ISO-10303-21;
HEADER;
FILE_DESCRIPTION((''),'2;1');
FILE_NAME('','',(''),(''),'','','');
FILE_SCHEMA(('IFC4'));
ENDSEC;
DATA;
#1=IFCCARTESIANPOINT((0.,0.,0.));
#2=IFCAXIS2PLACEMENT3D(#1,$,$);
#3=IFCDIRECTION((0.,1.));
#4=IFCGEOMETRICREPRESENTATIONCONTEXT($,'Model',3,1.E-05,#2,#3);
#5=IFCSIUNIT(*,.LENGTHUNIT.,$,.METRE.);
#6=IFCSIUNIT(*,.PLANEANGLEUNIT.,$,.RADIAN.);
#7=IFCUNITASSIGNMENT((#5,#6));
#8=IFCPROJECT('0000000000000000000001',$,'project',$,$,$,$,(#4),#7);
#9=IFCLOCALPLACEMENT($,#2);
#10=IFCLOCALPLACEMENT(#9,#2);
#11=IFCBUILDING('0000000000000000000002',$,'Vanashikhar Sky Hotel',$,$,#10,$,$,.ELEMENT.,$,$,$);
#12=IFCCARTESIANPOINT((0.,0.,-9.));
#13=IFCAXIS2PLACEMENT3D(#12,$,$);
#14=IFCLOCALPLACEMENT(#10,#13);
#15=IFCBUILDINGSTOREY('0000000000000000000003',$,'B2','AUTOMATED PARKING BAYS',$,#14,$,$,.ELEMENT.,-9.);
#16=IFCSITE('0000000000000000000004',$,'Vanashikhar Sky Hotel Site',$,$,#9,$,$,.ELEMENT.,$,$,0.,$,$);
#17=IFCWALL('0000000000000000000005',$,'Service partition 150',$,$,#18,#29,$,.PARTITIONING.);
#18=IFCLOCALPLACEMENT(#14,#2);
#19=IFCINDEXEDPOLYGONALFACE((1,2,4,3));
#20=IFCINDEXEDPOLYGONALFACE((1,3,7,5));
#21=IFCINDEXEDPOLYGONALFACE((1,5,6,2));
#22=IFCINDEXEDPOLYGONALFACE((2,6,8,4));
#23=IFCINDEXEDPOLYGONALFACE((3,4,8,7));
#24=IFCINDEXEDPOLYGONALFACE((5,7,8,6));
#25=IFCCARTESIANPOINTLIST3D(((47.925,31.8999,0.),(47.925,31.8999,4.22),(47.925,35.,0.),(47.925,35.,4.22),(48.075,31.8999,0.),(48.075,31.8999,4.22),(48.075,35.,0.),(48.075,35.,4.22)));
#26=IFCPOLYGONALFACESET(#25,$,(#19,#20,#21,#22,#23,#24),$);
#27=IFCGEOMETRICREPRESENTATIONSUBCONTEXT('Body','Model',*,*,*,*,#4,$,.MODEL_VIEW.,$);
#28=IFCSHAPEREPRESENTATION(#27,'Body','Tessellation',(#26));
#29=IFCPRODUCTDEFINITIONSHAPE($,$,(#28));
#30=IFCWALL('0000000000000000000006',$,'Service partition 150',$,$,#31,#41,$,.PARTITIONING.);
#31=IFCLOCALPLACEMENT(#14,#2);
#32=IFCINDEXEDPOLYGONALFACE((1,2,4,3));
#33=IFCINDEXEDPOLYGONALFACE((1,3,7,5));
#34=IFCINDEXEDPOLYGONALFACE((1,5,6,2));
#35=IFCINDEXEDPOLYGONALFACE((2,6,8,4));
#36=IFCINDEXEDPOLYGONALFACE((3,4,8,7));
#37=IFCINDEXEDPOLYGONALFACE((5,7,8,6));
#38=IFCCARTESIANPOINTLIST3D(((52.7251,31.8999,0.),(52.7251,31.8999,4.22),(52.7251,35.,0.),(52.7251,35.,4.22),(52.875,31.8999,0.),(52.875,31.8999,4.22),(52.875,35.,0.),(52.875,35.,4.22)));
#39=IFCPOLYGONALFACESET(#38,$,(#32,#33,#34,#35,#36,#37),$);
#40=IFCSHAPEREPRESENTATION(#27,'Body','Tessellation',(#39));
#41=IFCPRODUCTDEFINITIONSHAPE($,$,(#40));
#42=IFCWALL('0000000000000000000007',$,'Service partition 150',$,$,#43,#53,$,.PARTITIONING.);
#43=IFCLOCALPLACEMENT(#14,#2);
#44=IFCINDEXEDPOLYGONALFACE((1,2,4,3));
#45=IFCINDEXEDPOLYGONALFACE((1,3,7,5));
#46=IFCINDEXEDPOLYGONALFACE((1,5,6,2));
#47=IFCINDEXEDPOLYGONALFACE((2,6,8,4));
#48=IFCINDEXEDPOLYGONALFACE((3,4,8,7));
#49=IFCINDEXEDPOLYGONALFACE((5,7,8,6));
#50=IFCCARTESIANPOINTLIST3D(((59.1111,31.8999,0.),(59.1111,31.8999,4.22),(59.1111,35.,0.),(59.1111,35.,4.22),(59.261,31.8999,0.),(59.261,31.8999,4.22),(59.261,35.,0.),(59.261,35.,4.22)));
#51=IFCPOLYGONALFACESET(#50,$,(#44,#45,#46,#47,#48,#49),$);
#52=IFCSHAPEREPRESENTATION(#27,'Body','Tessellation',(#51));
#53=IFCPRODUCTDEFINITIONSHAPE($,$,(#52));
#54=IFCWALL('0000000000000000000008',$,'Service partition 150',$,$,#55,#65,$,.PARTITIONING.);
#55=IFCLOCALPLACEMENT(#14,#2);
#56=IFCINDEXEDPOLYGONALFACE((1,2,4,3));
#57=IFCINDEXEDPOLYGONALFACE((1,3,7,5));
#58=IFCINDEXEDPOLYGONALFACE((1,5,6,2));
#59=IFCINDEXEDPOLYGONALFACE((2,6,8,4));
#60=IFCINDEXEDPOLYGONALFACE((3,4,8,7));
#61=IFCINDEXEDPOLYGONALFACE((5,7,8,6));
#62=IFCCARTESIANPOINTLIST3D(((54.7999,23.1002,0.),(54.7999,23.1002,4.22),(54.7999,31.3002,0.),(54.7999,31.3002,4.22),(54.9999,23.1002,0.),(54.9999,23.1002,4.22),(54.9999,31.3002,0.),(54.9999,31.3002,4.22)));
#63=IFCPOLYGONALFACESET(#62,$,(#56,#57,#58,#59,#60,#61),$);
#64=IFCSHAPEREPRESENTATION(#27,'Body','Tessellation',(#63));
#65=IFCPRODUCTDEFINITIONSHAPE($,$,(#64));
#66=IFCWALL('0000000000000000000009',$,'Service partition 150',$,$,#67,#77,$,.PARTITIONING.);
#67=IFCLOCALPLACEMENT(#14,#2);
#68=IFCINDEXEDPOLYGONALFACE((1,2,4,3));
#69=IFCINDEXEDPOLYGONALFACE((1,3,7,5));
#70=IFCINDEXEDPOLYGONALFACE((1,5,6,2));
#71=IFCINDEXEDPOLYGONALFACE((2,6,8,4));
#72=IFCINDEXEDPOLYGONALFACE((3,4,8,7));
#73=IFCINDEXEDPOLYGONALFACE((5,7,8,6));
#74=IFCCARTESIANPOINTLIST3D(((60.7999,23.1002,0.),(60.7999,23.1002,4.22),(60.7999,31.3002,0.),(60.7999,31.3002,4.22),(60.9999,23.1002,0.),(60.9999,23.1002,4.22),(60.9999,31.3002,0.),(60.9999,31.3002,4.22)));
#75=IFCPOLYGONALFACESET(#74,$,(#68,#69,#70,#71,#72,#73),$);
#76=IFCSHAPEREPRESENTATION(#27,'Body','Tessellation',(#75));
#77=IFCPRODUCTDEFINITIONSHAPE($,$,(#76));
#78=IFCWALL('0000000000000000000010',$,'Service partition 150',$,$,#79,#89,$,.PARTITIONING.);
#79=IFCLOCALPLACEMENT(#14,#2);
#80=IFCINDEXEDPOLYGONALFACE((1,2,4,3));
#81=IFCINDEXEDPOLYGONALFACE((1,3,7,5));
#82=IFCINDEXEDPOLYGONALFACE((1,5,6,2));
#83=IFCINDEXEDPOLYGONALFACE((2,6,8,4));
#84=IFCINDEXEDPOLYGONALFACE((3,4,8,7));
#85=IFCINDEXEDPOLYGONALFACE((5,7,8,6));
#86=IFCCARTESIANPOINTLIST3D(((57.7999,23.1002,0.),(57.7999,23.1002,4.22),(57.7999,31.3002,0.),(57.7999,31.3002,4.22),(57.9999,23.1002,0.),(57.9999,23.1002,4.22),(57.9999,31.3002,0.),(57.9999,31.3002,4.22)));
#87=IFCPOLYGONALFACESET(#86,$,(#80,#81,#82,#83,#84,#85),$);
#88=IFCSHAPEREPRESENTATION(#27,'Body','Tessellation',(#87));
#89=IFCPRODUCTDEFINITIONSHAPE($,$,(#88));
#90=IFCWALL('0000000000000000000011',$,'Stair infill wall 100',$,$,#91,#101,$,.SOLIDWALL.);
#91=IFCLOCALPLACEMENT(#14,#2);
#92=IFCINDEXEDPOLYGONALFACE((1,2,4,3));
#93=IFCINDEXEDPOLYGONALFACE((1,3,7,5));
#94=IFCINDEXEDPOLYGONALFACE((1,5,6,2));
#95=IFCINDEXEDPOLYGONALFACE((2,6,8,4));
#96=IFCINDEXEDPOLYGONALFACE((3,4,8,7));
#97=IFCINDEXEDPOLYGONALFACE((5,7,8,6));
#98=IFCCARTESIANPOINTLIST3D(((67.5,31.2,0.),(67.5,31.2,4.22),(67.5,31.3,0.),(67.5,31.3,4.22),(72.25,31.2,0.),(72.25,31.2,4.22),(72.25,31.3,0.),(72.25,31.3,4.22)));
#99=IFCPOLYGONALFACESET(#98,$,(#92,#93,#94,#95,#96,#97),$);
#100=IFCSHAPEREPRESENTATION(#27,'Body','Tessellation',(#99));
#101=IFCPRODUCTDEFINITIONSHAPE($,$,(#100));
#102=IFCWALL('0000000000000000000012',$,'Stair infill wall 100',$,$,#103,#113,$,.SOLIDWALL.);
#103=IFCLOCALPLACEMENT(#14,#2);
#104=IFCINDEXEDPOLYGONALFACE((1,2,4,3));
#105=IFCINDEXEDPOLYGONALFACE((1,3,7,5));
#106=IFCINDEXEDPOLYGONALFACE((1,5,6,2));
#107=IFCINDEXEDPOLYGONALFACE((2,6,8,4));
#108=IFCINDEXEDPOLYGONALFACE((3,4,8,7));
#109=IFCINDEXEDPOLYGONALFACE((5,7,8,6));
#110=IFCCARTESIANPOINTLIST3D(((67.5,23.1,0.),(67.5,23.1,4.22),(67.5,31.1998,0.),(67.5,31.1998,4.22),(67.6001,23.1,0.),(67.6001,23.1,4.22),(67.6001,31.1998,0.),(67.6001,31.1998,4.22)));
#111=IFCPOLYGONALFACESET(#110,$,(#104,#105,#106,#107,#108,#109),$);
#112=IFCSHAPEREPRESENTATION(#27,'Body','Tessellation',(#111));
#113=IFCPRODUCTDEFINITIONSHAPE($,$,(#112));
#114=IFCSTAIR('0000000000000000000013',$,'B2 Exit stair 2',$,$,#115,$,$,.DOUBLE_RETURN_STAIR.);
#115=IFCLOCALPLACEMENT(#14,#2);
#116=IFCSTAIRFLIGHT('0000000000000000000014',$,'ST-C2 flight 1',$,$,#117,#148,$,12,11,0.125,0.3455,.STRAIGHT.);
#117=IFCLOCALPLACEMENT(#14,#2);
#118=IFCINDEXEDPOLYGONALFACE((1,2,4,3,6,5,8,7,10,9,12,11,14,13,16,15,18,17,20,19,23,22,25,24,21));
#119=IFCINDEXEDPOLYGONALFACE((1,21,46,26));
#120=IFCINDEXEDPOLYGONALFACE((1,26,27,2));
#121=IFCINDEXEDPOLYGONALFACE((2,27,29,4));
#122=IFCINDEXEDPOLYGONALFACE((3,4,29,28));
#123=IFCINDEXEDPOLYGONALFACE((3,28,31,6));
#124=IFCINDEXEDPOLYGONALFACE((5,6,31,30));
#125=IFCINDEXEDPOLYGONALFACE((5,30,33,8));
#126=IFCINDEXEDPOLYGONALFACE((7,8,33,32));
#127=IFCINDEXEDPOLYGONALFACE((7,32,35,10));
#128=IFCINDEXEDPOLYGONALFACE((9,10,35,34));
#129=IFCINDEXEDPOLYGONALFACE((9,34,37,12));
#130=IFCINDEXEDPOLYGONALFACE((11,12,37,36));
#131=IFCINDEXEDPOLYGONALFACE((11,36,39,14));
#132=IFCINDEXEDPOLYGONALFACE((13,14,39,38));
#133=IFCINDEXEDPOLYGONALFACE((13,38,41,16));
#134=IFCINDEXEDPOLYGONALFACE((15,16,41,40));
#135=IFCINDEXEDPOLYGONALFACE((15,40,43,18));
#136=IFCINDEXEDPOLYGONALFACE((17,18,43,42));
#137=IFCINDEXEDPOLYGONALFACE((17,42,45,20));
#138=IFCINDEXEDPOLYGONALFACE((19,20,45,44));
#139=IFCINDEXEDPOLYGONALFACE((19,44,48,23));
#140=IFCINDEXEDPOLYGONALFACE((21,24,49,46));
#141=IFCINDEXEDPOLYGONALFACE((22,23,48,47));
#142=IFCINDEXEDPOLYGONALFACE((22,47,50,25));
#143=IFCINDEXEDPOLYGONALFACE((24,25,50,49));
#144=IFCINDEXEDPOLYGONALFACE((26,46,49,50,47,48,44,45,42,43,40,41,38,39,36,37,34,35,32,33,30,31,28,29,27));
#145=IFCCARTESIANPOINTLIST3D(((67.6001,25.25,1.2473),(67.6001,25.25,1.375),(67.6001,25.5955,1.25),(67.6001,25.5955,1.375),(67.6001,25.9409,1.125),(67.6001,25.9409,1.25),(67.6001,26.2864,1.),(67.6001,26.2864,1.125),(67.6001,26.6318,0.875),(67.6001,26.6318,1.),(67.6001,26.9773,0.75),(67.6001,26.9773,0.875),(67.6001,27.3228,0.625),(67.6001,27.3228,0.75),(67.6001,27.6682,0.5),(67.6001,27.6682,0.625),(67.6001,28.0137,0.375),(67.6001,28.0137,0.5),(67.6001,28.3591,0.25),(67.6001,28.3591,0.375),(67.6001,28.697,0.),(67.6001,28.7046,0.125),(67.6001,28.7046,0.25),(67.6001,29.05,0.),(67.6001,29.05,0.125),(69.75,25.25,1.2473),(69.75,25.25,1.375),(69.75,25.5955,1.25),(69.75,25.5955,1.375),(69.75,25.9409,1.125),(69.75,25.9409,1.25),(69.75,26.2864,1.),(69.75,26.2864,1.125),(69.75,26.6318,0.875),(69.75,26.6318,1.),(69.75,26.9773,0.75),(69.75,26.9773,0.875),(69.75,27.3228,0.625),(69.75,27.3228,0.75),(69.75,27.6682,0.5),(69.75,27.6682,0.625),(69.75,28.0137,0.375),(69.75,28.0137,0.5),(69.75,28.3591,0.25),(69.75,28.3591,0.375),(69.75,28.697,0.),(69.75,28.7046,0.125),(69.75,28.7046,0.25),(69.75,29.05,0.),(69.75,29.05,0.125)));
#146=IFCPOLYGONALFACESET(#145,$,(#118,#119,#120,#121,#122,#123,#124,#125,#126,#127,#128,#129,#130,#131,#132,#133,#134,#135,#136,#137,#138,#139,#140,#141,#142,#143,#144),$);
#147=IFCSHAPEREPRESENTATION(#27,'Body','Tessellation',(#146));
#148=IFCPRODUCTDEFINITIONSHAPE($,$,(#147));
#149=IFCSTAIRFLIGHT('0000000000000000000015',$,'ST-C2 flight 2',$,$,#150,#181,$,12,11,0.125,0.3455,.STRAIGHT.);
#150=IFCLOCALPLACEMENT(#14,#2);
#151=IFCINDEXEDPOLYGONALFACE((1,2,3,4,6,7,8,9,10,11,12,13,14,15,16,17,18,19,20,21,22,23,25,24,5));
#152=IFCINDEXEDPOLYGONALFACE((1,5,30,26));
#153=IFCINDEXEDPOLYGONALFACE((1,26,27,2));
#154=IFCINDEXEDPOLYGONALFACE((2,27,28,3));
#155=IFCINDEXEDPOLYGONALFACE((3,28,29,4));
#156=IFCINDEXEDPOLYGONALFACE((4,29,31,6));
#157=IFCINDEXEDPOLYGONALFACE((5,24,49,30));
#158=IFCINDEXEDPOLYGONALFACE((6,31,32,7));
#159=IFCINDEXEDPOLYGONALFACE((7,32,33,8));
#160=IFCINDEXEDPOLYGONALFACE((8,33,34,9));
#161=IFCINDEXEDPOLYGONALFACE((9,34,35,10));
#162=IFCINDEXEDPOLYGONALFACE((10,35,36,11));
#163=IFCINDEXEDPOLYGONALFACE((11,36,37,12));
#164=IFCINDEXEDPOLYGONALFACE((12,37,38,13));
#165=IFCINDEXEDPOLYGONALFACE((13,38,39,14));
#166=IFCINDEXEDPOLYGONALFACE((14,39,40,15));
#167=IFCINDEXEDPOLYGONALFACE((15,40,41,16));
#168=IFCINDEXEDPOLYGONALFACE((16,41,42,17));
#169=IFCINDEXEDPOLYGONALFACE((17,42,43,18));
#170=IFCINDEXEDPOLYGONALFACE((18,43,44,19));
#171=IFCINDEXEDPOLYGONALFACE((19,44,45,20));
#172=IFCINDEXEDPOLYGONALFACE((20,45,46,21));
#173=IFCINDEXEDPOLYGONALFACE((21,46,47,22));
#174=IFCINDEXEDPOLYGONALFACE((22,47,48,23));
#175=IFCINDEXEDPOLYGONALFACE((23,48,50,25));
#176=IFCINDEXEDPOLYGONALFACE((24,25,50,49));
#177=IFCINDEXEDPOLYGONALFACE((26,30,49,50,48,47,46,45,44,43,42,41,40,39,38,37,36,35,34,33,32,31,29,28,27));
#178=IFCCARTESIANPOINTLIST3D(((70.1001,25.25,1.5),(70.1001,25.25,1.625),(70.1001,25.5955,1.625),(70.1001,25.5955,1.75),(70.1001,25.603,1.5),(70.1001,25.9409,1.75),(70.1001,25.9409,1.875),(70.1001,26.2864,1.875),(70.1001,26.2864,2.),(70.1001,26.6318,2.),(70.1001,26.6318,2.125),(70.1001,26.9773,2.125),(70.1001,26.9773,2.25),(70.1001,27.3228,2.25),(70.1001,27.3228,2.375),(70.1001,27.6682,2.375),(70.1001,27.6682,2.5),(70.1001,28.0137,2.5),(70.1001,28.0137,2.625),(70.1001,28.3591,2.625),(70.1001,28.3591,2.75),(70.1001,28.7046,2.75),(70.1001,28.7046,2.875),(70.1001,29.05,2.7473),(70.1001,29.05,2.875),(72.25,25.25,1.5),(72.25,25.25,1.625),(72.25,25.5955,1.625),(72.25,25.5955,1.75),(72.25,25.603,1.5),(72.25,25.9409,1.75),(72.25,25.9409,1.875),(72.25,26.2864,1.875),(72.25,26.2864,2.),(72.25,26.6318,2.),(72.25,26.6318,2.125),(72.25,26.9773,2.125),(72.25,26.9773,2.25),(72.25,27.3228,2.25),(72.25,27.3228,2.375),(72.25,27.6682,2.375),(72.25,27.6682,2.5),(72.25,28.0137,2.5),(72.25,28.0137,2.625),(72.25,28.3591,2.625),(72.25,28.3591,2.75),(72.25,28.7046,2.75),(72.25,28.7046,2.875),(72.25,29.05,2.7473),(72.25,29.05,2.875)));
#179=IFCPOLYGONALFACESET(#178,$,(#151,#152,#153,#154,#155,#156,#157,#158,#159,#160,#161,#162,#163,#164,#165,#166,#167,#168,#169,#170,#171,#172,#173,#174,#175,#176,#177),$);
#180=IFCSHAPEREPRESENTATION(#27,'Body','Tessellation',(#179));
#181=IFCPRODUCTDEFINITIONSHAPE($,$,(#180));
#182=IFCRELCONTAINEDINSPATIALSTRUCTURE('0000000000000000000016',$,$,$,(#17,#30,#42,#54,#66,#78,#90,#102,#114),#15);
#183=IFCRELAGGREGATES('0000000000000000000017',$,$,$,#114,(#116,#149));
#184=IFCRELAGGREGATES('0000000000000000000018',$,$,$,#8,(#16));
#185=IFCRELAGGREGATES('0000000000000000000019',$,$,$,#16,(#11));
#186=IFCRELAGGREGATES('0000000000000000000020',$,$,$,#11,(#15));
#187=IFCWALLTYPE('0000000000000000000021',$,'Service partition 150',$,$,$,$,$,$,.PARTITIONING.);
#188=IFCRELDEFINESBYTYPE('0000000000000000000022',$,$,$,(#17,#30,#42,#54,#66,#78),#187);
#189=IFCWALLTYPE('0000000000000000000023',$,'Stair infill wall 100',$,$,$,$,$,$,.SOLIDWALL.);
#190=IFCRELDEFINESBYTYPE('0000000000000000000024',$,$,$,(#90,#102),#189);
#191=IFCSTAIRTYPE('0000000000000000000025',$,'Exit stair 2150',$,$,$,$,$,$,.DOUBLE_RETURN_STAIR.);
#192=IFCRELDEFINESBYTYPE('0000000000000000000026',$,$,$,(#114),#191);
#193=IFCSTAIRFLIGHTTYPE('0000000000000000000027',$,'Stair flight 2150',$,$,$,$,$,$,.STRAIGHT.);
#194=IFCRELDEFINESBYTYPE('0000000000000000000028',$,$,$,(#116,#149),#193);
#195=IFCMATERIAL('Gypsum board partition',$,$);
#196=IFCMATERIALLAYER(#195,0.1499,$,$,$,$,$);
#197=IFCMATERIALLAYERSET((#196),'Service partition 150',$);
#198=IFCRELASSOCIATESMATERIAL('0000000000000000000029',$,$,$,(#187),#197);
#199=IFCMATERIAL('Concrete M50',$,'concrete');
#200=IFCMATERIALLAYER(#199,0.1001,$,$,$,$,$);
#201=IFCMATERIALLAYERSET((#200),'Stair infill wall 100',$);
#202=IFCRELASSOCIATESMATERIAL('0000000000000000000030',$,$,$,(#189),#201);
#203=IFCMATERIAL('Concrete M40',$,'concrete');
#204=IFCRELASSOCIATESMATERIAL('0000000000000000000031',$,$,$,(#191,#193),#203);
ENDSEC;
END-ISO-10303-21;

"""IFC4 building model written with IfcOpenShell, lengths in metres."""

from ifc_helpers import new_model, si_unit, direction, frame, frame_2d, origin, place, context, subcontext, project, spatial, polyline, rectangle, outline, extrude, source, transform, mapped, material, layer, layer_set, type_object, element, aggregate, save


model = new_model("IFC4")

# Units and contexts
model_context = context("Model", 3, precision=1e-05, world=origin(), true_north=direction((0.0, 1.0)))
body_context = subcontext(model_context, "Body", "Model", "MODEL_VIEW")
ifc_project = project(units=[si_unit("LENGTHUNIT", "METRE"), si_unit("PLANEANGLEUNIT", "RADIAN")], contexts=[model_context])

# Site, building, storey
site_placement = place(None, origin())
site = spatial("IfcSite", under=ifc_project, at=site_placement, Name="Vanashikhar Sky Hotel Site", CompositionType="ELEMENT", RefElevation=0.0)
building_placement = place(site_placement, origin())
building = spatial("IfcBuilding", under=site, at=building_placement, Name="Vanashikhar Sky Hotel", CompositionType="ELEMENT")
storey_placement = place(building_placement, frame((0.0, 0.0, -9.0)))
storey = spatial("IfcBuildingStorey", under=building, at=storey_placement, Name="B2", Description="AUTOMATED PARKING BAYS", CompositionType="ELEMENT", Elevation=-9.0)

# Shared definitions
ifc_material_1 = material(Name="Concrete M40", Category="concrete")

# Walls
ifc_material_2 = material(Name="Gypsum board partition")
ifc_layer_1 = layer(ifc_material_2, 0.1499)
ifc_layer_set_1 = layer_set([ifc_layer_1], Name="Service partition 150")
wall_type_1 = type_object("IfcWallType", Name="Service partition 150", PredefinedType="PARTITIONING", material=ifc_layer_set_1)
shared_shape_1 = source(origin(), body_context, "Body", "SweptSolid", [
    extrude(rectangle(XDim=3.1001, YDim=0.1499, at=frame_2d((1.55, 0.0))), origin(), (0.0, 0.0, 1.0), 4.22),
])
for number, where, z_axis, x_axis, name in (
    (1, (48.0, 31.8999, 0.0), (0.0, 0.0, 1.0), (0.0, 1.0, 0.0), "Service partition 150"),
    (2, (52.8, 31.8999, 0.0), (0.0, 0.0, 1.0), (0.0, 1.0, 0.0), "Service partition 150"),
    (3, (59.186, 31.8999, 0.0), (0.0, 0.0, 1.0), (0.0, 1.0, 0.0), "Service partition 150"),
):
    element("IfcWall", number, at=place(storey_placement, frame(where, z_axis=z_axis, x_axis=x_axis)), inside=storey, type_object=wall_type_1, Name=name, PredefinedType="PARTITIONING", context=body_context, shape_type="MappedRepresentation", body=[
        mapped(shared_shape_1, transform((0.0, 0.0, 0.0), scale=1.0)),
    ])
shared_shape_2 = source(origin(), body_context, "Body", "SweptSolid", [
    extrude(rectangle(XDim=8.2, YDim=0.2, at=frame_2d((4.1001, 0.0))), origin(), (0.0, 0.0, 1.0), 4.22),
])
for number, where, z_axis, x_axis, name in (
    (4, (54.8999, 23.1001, 0.0), (0.0, 0.0, 1.0), (0.0, 1.0, 0.0), "Service partition 150"),
    (5, (60.8999, 23.1001, 0.0), (0.0, 0.0, 1.0), (0.0, 1.0, 0.0), "Service partition 150"),
    (6, (57.8999, 23.1001, 0.0), (0.0, 0.0, 1.0), (0.0, 1.0, 0.0), "Service partition 150"),
):
    element("IfcWall", number, at=place(storey_placement, frame(where, z_axis=z_axis, x_axis=x_axis)), inside=storey, type_object=wall_type_1, Name=name, PredefinedType="PARTITIONING", context=body_context, shape_type="MappedRepresentation", body=[
        mapped(shared_shape_2, transform((0.0, 0.0, 0.0), scale=1.0)),
    ])
ifc_material_3 = material(Name="Concrete M50", Category="concrete")
ifc_layer_2 = layer(ifc_material_3, 0.1001)
ifc_layer_set_2 = layer_set([ifc_layer_2], Name="Stair infill wall 100")
wall_type_2 = type_object("IfcWallType", Name="Stair infill wall 100", PredefinedType="SOLIDWALL", material=ifc_layer_set_2)
shared_shape_3 = source(origin(), body_context, "Body", "SweptSolid", [
    extrude(rectangle(XDim=4.75, YDim=0.1001, at=frame_2d((2.375, 0.0))), origin(), (0.0, 0.0, 1.0), 4.22),
])
wall_1_placement = place(storey_placement, frame((67.5, 31.25, 0.0), z_axis=(0.0, 0.0, 1.0), x_axis=(1.0, 0.0, 0.0)))
element("IfcWall", 7, at=wall_1_placement, inside=storey, type_object=wall_type_2, Name="Stair infill wall 100", PredefinedType="SOLIDWALL", context=body_context, shape_type="MappedRepresentation", body=[
    mapped(shared_shape_3, transform((0.0, 0.0, 0.0), scale=1.0)),
])
shared_shape_4 = source(origin(), body_context, "Body", "SweptSolid", [
    extrude(rectangle(XDim=8.0999, YDim=0.1001, at=frame_2d((4.0498, 0.0))), origin(), (0.0, 0.0, 1.0), 4.22),
])
wall_2_placement = place(storey_placement, frame((67.55, 23.1001, 0.0), z_axis=(0.0, 0.0, 1.0), x_axis=(0.0, 1.0, 0.0)))
element("IfcWall", 8, at=wall_2_placement, inside=storey, type_object=wall_type_2, Name="Stair infill wall 100", PredefinedType="SOLIDWALL", context=body_context, shape_type="MappedRepresentation", body=[
    mapped(shared_shape_4, transform((0.0, 0.0, 0.0), scale=1.0)),
])

# Stair, stair flights
stair_type = type_object("IfcStairType", Name="Exit stair 2150", PredefinedType="DOUBLE_RETURN_STAIR", material=ifc_material_1)
stair_placement = place(storey_placement, origin())
stair = element("IfcStair", 9, at=stair_placement, inside=storey, type_object=stair_type, Name="B2 Exit stair 2", PredefinedType="DOUBLE_RETURN_STAIR")
stair_flight_type = type_object("IfcStairFlightType", Name="Stair flight 2150", PredefinedType="STRAIGHT", material=ifc_material_1)
shared_shape_5 = source(origin(), body_context, "Body", "SweptSolid", [
    extrude(outline(polyline([(0.0, 0.0), (0.0, 0.125), (0.3455, 0.125), (0.3455, 0.25), (0.6909, 0.25), (0.6909, 0.375), (1.0364, 0.375), (1.0364, 0.5), (1.3818, 0.5), (1.3818, 0.625), (1.7273, 0.625), (1.7273, 0.75), (2.0728, 0.75), (2.0728, 0.875), (2.4182, 0.875), (2.4182, 1.0), (2.7637, 1.0), (2.7637, 1.125), (3.1091, 1.125), (3.1091, 1.25), (3.4546, 1.25), (3.4546, 1.375), (3.8, 1.375), (3.8, 1.5), (3.8, 1.2473), (0.353, 0.0), (0.0, 0.0)])), frame((0.0, 1.075, 0.0), z_axis=(0.0, -1.0, 0.0), x_axis=(1.0, 0.0, 0.0)), (0.0, 0.0, 1.0), 2.1499),
])
stair_flight_1_placement = place(storey_placement, frame((68.675, 29.05, 0.0), z_axis=(0.0, 0.0, 1.0), x_axis=(0.0, -1.0, 0.0)))
stair_flight_1 = element("IfcStairFlight", 10, at=stair_flight_1_placement, type_object=stair_flight_type, Name="ST-C2 flight 1", NumberOfRisers=12, NumberOfTreads=11, PredefinedType="STRAIGHT", RiserHeight=0.125, TreadLength=0.3455, context=body_context, shape_type="MappedRepresentation", body=[
    mapped(shared_shape_5, transform((0.0, 0.0, 0.0), scale=1.0)),
])
stair_flight_2_placement = place(storey_placement, frame((71.175, 25.25, 1.5), z_axis=(0.0, 0.0, 1.0), x_axis=(0.0, 1.0, 0.0)))
stair_flight_2 = element("IfcStairFlight", 11, at=stair_flight_2_placement, type_object=stair_flight_type, Name="ST-C2 flight 2", NumberOfRisers=12, NumberOfTreads=11, PredefinedType="STRAIGHT", RiserHeight=0.125, TreadLength=0.3455, context=body_context, shape_type="MappedRepresentation", body=[
    mapped(shared_shape_5, transform((0.0, 0.0, 0.0), scale=1.0)),
])
aggregate(stair, [stair_flight_1, stair_flight_2])

save(model, "model.ifc")
